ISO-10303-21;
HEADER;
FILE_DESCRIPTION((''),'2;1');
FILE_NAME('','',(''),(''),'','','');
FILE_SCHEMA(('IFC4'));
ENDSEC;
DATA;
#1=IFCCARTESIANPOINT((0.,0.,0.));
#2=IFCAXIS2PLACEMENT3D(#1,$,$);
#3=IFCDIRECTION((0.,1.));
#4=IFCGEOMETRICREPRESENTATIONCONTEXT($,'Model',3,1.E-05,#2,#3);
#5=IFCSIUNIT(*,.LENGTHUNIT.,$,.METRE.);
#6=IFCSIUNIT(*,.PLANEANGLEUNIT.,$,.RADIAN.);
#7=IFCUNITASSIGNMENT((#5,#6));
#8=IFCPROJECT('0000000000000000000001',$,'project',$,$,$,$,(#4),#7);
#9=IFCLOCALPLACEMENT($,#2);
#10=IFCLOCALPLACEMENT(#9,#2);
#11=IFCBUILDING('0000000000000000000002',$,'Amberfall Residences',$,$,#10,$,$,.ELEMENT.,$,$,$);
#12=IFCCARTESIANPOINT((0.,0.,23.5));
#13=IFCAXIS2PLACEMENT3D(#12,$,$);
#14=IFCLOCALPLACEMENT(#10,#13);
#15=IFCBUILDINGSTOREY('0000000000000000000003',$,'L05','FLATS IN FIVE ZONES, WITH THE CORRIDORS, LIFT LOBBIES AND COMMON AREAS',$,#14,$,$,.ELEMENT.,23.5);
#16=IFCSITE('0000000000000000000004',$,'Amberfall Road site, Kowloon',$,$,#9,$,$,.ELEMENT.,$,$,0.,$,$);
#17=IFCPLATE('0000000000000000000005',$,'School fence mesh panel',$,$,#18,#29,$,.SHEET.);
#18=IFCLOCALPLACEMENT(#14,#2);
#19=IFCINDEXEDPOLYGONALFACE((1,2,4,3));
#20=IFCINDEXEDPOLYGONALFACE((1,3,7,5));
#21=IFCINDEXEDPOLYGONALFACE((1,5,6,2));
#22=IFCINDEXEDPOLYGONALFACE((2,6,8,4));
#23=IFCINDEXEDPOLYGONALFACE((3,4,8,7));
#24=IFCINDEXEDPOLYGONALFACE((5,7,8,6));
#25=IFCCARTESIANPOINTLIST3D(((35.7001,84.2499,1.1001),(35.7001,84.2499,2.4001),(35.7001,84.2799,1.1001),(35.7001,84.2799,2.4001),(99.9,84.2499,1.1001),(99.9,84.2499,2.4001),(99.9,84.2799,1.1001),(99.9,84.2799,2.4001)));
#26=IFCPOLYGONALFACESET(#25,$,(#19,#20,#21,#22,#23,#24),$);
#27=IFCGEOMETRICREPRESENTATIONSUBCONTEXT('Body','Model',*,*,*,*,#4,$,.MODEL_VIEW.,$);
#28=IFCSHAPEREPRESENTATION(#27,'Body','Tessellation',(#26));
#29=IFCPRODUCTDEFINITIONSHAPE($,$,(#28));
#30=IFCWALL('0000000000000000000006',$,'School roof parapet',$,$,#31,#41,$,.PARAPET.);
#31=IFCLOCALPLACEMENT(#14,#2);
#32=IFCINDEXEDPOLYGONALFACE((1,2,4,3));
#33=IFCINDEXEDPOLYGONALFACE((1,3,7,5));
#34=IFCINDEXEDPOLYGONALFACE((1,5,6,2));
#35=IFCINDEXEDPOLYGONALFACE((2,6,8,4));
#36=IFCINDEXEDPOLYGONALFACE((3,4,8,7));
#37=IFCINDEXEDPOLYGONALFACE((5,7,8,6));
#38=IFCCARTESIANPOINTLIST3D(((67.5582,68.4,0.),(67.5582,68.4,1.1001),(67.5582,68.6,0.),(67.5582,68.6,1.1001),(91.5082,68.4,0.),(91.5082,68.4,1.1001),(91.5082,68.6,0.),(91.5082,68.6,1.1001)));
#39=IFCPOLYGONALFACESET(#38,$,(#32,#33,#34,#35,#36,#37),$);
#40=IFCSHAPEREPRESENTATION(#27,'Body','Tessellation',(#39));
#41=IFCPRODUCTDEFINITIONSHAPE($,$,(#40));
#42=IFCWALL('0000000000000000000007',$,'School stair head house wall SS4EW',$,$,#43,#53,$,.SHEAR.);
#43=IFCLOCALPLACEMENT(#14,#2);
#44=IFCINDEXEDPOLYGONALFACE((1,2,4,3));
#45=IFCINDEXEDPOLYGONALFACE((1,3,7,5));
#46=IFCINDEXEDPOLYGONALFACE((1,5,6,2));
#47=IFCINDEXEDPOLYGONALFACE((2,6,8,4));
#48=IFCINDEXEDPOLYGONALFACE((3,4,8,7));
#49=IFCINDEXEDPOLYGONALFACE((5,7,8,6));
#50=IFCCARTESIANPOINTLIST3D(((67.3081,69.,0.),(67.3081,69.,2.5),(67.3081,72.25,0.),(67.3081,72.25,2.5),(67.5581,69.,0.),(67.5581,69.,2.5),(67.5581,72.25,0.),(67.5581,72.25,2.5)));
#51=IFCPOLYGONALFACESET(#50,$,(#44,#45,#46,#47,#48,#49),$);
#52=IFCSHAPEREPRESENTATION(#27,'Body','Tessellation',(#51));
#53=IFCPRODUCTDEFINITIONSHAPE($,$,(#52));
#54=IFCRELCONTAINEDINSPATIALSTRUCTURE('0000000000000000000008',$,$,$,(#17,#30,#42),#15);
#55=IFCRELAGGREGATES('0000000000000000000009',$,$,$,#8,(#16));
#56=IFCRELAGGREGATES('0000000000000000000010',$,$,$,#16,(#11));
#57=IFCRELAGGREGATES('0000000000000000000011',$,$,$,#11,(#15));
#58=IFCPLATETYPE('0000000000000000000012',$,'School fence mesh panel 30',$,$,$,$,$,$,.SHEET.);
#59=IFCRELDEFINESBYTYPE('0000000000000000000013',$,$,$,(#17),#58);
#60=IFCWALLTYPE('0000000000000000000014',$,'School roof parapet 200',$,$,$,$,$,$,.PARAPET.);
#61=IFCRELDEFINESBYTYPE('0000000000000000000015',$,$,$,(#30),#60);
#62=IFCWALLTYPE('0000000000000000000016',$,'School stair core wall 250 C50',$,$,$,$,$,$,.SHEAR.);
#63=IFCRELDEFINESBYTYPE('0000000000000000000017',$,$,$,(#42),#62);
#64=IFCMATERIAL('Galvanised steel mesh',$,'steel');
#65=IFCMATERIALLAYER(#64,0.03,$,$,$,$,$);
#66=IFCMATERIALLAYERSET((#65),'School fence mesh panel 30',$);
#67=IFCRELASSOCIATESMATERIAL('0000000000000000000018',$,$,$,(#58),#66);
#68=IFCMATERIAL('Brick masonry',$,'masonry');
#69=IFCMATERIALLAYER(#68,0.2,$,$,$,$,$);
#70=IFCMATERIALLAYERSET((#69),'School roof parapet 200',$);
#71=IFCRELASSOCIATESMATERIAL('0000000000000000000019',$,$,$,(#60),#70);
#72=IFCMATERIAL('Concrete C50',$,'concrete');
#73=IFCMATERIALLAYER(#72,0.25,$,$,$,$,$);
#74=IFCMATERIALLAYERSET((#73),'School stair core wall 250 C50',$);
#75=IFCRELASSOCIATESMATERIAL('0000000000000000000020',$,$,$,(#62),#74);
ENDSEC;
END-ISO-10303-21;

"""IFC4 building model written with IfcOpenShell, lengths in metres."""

from ifc_helpers import new_model, si_unit, direction, frame, frame_2d, origin, origin_2d, place, context, subcontext, project, spatial, rectangle, extrude, material, layer, layer_set, type_object, element, save


model = new_model("IFC4")

# Units and contexts
model_context = context("Model", 3, precision=1e-05, world=origin(), true_north=direction((0.0, 1.0)))
body_context = subcontext(model_context, "Body", "Model", "MODEL_VIEW")
ifc_project = project(units=[si_unit("LENGTHUNIT", "METRE"), si_unit("PLANEANGLEUNIT", "RADIAN")], contexts=[model_context])

# Site, building, storey
site_placement = place(None, origin())
site = spatial("IfcSite", under=ifc_project, at=site_placement, Name="Amberfall Road site, Kowloon", CompositionType="ELEMENT", RefElevation=0.0)
building_placement = place(site_placement, origin())
building = spatial("IfcBuilding", under=site, at=building_placement, Name="Amberfall Residences", CompositionType="ELEMENT")
storey_placement = place(building_placement, frame((0.0, 0.0, 23.5)))
storey = spatial("IfcBuildingStorey", under=building, at=storey_placement, Name="L05", Description="FLATS IN FIVE ZONES, WITH THE CORRIDORS, LIFT LOBBIES AND COMMON AREAS", CompositionType="ELEMENT", Elevation=23.5)

# Plate
ifc_material_1 = material(Name="Galvanised steel mesh", Category="steel")
ifc_layer_1 = layer(ifc_material_1, 0.03)
ifc_layer_set_1 = layer_set([ifc_layer_1], Name="School fence mesh panel 30")
plate_type_1 = type_object("IfcPlateType", Name="School fence mesh panel 30", PredefinedType="SHEET", material=ifc_layer_set_1)
plate_1_placement = place(storey_placement, frame((67.8, 84.2649, 1.1001), z_axis=(0.0, 0.0, 1.0), x_axis=(-1.0, 0.0, 0.0)))
element("IfcPlate", 1, at=plate_1_placement, inside=storey, type_object=plate_type_1, Name="School fence mesh panel", PredefinedType="SHEET", context=body_context, shape_type="SweptSolid", body=[
    extrude(rectangle(XDim=64.2, YDim=0.03, at=origin_2d()), origin(), (0.0, 0.0, 1.0), 1.3),
])

# Walls
ifc_material_2 = material(Name="Brick masonry", Category="masonry")
ifc_layer_2 = layer(ifc_material_2, 0.2)
ifc_layer_set_2 = layer_set([ifc_layer_2], Name="School roof parapet 200")
wall_type_1 = type_object("IfcWallType", Name="School roof parapet 200", PredefinedType="PARAPET", material=ifc_layer_set_2)
wall_1_placement = place(storey_placement, frame((67.5581, 68.5, 0.0), z_axis=(0.0, 0.0, 1.0), x_axis=(1.0, 0.0, 0.0)))
element("IfcWall", 2, at=wall_1_placement, inside=storey, type_object=wall_type_1, Name="School roof parapet", PredefinedType="PARAPET", context=body_context, shape_type="SweptSolid", body=[
    extrude(rectangle(XDim=23.95, YDim=0.2, at=frame_2d((11.9751, 0.0))), origin(), (0.0, 0.0, 1.0), 1.1001),
])
ifc_material_3 = material(Name="Concrete C50", Category="concrete")
ifc_layer_3 = layer(ifc_material_3, 0.25)
ifc_layer_set_3 = layer_set([ifc_layer_3], Name="School stair core wall 250 C50")
wall_type_2 = type_object("IfcWallType", Name="School stair core wall 250 C50", PredefinedType="SHEAR", material=ifc_layer_set_3)
wall_2_placement = place(storey_placement, frame((67.4331, 69.0, 0.0), z_axis=(0.0, 0.0, 1.0), x_axis=(0.0, 1.0, 0.0)))
element("IfcWall", 3, at=wall_2_placement, inside=storey, type_object=wall_type_2, Name="School stair head house wall SS4EW", PredefinedType="SHEAR", context=body_context, shape_type="SweptSolid", body=[
    extrude(rectangle(XDim=3.25, YDim=0.25, at=frame_2d((1.625, 0.0))), origin(), (0.0, 0.0, 1.0), 2.5),
])

save(model, "model.ifc")
